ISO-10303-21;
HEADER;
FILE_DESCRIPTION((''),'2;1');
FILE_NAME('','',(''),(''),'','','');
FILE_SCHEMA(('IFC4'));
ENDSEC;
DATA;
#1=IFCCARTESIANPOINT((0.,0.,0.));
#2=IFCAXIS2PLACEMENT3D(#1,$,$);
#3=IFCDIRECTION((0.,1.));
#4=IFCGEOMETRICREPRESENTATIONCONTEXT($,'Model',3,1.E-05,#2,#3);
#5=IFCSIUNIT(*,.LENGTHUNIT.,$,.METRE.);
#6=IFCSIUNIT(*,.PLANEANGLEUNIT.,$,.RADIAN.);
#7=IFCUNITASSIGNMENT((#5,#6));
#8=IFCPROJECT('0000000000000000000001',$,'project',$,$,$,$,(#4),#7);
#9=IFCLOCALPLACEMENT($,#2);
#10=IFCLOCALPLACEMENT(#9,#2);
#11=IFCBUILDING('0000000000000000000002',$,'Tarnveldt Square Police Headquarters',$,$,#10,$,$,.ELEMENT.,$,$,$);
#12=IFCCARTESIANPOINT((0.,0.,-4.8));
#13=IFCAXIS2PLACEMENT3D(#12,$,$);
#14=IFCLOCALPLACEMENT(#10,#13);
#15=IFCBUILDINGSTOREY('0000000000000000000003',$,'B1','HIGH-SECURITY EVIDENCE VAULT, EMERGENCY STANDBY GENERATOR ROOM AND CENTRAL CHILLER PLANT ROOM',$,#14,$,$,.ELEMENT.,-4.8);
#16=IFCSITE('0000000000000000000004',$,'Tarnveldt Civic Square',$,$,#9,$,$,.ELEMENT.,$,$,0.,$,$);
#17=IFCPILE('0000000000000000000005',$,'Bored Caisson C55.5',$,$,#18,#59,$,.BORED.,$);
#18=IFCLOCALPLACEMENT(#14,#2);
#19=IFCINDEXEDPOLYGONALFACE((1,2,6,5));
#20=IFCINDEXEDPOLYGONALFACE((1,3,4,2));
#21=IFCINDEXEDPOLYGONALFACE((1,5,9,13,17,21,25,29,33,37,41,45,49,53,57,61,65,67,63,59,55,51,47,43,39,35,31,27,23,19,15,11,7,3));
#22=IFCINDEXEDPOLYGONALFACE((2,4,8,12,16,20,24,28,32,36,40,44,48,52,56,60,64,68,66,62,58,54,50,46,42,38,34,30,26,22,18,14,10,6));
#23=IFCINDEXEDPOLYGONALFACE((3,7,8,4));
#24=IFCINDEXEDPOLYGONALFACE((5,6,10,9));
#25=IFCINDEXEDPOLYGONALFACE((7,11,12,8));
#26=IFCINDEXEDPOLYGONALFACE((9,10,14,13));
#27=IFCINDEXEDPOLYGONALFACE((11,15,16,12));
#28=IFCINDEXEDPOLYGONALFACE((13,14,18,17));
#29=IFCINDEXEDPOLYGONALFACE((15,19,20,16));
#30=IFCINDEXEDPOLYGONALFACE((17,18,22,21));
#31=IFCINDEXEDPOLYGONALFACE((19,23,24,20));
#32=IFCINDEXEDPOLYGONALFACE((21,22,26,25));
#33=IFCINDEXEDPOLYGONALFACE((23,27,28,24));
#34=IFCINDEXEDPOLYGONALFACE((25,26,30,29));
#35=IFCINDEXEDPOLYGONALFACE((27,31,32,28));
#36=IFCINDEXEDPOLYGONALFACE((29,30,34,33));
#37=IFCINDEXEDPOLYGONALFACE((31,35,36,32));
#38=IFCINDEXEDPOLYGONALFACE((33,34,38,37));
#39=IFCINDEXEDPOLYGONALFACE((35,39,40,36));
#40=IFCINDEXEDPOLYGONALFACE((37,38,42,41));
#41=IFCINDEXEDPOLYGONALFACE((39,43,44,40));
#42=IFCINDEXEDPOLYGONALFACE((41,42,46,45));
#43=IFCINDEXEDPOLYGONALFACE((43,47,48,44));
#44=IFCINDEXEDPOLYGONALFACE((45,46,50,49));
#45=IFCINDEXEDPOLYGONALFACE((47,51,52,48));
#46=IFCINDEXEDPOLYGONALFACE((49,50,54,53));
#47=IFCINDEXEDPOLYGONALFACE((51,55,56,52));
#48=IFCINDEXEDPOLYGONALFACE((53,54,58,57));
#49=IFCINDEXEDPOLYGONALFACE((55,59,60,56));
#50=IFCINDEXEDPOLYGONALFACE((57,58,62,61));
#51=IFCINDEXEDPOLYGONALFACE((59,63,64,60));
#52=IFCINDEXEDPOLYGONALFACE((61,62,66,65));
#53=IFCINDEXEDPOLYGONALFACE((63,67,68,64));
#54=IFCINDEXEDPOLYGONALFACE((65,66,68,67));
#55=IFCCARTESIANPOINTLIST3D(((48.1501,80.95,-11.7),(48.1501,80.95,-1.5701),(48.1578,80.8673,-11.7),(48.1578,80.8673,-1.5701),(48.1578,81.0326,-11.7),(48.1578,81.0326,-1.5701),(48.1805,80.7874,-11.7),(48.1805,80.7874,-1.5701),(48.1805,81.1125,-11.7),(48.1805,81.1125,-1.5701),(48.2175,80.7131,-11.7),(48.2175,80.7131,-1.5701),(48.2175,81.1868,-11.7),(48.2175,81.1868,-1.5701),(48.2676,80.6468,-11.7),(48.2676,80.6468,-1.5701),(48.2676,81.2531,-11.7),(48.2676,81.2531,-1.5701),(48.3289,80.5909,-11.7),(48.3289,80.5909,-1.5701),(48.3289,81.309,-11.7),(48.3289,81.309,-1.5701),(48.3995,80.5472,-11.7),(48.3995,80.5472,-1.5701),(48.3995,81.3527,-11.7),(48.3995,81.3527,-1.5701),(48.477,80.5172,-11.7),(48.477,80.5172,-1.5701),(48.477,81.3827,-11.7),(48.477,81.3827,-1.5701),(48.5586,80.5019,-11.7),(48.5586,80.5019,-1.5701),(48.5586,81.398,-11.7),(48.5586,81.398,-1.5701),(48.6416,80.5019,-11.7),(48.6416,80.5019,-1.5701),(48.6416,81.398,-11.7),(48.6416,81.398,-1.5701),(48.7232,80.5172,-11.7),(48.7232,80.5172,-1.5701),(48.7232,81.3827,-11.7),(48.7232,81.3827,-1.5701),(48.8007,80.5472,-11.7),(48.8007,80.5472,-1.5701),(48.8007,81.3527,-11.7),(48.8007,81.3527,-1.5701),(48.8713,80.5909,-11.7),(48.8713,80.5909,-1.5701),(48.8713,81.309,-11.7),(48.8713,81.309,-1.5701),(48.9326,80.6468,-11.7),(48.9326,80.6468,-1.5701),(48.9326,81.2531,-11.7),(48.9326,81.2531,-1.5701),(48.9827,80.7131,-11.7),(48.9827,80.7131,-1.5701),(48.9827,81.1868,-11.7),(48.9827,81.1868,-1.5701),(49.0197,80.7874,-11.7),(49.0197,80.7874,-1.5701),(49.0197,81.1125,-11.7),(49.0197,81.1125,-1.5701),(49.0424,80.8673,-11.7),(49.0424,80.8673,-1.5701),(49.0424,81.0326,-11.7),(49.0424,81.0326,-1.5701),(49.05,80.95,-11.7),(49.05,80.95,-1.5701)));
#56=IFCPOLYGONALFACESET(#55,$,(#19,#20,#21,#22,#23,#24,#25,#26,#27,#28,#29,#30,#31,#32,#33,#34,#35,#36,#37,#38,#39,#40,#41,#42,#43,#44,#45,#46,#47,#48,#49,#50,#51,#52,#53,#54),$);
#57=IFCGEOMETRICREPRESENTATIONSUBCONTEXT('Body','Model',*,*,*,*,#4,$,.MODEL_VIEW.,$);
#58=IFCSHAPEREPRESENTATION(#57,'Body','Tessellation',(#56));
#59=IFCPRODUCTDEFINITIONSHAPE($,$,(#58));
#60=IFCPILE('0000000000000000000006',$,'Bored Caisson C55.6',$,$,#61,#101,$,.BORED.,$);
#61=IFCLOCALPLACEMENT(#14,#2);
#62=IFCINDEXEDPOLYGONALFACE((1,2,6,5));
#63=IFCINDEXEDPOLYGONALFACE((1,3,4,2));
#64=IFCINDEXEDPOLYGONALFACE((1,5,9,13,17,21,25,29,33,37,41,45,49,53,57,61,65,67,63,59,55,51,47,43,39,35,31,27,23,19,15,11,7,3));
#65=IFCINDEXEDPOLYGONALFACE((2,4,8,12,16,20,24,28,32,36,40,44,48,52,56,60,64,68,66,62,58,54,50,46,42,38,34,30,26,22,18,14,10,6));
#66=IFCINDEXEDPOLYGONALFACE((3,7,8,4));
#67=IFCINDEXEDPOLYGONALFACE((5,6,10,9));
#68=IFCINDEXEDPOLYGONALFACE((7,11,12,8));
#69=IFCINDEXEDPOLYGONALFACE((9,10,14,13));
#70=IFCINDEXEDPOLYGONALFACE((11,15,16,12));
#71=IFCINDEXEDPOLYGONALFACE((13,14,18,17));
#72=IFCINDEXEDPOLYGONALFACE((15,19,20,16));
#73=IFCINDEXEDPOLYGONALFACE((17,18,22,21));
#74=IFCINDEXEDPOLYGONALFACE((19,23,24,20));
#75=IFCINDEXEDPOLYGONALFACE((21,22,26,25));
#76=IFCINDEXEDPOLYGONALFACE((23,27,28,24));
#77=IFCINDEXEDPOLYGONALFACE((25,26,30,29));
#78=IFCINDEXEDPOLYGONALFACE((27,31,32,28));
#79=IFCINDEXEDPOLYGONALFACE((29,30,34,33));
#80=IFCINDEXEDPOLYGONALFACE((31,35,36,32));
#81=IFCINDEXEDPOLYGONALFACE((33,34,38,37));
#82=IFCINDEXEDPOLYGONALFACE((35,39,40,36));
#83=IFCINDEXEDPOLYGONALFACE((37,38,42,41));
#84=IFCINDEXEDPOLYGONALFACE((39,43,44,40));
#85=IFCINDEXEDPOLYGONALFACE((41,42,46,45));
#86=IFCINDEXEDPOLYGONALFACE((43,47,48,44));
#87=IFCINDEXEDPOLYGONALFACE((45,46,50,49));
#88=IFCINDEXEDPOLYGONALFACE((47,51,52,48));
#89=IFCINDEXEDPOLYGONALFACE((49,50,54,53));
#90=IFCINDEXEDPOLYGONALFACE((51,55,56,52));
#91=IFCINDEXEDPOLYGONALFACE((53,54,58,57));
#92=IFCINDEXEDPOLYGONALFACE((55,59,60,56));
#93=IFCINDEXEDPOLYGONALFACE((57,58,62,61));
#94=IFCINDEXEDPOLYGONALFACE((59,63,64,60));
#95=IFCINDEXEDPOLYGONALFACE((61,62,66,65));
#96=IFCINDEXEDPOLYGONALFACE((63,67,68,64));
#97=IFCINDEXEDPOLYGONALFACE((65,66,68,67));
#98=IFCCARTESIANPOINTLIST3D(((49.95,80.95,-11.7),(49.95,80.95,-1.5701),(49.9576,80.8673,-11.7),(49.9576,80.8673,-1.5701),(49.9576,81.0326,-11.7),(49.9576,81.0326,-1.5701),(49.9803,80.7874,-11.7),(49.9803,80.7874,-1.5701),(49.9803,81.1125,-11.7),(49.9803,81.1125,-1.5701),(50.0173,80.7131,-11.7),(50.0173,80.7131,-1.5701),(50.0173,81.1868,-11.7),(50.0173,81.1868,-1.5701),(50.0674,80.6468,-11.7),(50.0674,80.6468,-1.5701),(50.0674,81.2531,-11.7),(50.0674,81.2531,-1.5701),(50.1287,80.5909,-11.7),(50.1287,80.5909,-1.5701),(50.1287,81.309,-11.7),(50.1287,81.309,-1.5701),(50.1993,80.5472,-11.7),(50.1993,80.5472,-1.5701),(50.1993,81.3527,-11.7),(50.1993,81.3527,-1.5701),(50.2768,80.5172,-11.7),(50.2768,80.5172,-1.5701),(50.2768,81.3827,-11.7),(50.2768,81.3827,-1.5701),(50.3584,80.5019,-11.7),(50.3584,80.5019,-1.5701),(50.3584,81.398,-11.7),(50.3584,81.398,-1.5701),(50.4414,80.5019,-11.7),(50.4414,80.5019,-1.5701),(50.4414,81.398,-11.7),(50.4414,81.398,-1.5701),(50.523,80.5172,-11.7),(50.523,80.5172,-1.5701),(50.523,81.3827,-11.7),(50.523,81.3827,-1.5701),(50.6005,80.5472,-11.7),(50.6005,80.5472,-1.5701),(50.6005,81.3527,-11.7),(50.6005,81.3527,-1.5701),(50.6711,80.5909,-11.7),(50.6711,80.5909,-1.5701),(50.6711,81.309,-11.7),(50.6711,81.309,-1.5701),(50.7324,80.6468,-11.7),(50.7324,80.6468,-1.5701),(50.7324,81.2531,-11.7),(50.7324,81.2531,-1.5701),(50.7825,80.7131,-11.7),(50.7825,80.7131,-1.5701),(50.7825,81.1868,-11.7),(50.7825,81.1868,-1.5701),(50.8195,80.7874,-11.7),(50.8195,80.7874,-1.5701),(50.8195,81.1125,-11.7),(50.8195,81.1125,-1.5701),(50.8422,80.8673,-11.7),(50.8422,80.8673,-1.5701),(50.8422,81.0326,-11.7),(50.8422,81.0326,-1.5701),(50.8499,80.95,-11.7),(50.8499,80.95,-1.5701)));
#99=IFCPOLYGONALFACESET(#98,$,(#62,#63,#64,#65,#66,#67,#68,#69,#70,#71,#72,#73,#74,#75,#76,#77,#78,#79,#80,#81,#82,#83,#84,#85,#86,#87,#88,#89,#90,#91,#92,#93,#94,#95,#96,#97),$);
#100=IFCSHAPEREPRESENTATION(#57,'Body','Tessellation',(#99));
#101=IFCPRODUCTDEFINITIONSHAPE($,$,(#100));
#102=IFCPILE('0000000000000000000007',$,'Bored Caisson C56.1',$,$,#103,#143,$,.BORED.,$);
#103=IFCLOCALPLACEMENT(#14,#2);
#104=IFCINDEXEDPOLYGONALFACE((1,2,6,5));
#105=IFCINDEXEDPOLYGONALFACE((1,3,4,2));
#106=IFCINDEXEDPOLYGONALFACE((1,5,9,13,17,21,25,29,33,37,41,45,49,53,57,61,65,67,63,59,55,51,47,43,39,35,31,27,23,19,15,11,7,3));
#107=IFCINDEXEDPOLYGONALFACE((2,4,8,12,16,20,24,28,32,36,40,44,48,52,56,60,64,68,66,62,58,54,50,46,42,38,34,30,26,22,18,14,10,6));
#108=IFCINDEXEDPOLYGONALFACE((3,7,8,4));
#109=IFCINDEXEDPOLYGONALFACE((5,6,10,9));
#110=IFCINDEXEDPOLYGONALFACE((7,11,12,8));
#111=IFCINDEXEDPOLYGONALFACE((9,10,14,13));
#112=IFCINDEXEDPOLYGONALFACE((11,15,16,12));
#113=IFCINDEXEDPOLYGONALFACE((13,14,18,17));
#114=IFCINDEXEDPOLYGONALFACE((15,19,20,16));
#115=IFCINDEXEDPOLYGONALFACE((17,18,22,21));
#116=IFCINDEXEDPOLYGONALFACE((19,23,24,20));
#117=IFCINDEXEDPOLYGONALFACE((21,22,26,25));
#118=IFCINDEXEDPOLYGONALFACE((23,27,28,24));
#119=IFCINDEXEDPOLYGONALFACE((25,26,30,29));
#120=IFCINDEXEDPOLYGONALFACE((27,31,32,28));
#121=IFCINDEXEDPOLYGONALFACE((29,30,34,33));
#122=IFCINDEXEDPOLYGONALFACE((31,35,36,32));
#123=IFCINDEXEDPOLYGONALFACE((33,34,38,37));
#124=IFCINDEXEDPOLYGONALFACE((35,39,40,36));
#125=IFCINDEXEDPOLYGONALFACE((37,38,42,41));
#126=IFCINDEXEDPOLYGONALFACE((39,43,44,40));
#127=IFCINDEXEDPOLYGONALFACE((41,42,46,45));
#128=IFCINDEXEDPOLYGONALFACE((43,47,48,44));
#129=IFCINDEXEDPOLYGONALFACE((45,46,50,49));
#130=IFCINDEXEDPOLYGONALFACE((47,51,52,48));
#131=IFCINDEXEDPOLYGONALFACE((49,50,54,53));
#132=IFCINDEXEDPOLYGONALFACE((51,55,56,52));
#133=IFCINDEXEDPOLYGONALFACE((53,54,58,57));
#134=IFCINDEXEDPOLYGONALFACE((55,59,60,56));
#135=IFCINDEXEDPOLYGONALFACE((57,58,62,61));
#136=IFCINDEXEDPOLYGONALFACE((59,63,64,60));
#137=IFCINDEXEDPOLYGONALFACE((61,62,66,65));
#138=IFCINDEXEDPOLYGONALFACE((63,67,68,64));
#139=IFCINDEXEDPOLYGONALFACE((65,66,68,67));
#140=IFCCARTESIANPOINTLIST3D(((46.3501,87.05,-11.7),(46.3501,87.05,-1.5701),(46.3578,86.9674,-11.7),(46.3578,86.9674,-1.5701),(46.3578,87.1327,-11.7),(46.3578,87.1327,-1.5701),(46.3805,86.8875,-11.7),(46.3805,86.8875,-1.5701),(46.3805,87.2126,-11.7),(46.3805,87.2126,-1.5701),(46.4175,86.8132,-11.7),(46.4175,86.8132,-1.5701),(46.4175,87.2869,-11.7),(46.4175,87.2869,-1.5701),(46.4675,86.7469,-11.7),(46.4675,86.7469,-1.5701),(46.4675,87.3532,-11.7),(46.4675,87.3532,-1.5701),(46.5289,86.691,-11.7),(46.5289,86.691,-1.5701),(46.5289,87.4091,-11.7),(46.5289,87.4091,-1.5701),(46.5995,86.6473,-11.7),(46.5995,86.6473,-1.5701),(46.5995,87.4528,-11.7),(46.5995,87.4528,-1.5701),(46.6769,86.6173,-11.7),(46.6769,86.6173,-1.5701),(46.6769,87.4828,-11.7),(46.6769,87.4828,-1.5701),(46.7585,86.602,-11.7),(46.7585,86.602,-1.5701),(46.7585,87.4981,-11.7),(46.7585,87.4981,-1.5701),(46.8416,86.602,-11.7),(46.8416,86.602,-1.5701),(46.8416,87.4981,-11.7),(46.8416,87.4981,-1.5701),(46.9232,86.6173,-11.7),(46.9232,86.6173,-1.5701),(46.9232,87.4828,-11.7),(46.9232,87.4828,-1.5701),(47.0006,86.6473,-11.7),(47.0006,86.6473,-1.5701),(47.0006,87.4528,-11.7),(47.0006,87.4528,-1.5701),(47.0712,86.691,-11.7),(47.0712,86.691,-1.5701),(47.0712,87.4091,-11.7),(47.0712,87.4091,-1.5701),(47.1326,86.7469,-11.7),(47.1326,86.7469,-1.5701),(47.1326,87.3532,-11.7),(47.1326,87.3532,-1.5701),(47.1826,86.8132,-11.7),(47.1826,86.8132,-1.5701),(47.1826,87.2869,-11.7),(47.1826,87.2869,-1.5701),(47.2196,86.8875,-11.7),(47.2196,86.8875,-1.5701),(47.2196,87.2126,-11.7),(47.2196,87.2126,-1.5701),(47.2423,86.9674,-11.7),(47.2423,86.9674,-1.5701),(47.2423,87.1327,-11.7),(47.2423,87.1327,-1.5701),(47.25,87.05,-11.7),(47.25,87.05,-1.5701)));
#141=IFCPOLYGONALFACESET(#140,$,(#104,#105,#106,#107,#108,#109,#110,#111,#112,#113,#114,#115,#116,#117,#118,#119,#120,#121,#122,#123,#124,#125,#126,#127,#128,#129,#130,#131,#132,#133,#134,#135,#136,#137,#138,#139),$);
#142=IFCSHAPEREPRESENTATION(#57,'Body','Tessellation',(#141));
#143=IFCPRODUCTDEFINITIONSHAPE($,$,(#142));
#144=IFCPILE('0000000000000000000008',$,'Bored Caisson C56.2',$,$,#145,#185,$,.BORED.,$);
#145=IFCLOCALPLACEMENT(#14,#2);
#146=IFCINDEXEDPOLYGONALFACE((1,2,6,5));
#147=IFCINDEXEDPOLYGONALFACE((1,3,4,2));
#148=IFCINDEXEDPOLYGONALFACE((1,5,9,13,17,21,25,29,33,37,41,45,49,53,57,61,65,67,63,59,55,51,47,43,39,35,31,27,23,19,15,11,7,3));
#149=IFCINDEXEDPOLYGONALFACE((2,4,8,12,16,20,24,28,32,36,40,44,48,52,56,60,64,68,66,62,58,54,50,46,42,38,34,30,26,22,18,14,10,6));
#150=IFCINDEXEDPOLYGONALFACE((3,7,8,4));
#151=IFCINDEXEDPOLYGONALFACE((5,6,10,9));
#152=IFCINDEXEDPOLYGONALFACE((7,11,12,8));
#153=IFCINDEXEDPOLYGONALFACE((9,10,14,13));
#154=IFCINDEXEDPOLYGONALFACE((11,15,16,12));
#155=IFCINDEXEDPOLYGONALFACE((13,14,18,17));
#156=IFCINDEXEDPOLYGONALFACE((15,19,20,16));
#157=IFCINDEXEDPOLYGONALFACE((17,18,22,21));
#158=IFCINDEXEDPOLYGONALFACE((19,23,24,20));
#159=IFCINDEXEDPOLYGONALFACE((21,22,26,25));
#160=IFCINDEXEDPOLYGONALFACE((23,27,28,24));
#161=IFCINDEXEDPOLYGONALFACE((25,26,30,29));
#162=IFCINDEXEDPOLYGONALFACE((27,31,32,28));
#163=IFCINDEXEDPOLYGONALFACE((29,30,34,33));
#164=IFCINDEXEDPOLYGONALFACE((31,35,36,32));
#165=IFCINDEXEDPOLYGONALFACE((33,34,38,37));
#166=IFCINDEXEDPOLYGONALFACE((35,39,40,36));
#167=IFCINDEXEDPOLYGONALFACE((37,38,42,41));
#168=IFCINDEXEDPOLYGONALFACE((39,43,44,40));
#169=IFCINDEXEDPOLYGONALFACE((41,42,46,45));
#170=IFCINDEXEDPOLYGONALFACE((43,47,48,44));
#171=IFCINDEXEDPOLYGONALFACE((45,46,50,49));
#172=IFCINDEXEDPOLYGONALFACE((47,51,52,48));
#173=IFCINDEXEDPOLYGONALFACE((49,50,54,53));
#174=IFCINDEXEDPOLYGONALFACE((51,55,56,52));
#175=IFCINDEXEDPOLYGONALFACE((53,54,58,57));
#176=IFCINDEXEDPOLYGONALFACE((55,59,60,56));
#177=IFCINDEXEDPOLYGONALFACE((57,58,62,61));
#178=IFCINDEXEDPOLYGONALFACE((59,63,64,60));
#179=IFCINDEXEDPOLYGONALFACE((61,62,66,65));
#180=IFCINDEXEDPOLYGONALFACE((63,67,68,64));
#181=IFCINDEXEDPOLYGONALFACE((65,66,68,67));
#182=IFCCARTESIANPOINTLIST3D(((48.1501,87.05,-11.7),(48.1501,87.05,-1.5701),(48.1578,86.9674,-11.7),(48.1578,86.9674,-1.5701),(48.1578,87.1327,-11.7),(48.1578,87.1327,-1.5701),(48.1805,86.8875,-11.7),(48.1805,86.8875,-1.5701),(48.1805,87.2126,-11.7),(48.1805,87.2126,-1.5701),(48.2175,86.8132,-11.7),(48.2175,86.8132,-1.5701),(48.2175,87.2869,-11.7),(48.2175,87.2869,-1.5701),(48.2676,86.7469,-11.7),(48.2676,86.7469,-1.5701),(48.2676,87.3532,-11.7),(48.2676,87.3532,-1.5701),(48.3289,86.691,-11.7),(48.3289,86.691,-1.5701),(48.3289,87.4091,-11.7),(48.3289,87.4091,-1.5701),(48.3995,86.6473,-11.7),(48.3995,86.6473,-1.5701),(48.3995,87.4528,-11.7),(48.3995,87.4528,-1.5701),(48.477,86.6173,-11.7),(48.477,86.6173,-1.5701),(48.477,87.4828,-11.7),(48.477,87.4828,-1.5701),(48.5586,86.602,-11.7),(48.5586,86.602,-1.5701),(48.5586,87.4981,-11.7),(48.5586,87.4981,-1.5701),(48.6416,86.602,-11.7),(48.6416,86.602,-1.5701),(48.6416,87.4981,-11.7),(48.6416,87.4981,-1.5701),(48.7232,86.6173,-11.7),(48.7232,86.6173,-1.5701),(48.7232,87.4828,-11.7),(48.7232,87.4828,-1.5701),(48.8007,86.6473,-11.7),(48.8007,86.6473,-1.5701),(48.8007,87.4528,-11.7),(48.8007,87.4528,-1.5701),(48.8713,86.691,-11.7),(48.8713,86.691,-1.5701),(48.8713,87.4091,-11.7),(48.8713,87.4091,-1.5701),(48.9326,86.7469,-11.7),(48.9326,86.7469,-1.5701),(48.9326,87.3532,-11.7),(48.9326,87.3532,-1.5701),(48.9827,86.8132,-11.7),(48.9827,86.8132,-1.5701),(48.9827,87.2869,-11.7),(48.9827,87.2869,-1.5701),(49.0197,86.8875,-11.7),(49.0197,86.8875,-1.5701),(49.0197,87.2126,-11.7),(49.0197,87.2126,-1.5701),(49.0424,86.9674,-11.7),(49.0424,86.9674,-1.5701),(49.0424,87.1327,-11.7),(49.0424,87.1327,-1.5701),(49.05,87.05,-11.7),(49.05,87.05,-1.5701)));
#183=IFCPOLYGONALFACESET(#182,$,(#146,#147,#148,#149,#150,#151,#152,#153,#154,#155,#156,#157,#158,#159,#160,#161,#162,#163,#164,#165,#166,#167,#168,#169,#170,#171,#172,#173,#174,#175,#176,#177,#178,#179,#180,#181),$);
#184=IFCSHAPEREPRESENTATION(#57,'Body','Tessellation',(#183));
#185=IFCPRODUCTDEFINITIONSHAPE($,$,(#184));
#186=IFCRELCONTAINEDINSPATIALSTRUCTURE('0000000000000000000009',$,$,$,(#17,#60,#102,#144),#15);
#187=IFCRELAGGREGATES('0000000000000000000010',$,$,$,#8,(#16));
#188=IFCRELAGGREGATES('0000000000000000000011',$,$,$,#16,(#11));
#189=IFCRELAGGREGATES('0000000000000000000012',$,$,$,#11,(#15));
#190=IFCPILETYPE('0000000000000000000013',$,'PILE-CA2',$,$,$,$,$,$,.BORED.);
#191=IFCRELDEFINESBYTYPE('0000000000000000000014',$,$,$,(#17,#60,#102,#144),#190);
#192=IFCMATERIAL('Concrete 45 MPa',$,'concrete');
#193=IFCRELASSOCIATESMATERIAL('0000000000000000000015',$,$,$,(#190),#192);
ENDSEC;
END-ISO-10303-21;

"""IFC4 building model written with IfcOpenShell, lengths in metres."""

from ifc_helpers import new_model, si_unit, direction, frame, origin, origin_2d, place, context, subcontext, project, spatial, circle, extrude, material, material_profile, profile_set, type_object, element, save


model = new_model("IFC4")

# Units and contexts
model_context = context("Model", 3, precision=1e-05, world=origin(), true_north=direction((0.0, 1.0)))
body_context = subcontext(model_context, "Body", "Model", "MODEL_VIEW")
ifc_project = project(units=[si_unit("LENGTHUNIT", "METRE"), si_unit("PLANEANGLEUNIT", "RADIAN")], contexts=[model_context])

# Site, building, storey
site_placement = place(None, origin())
site = spatial("IfcSite", under=ifc_project, at=site_placement, Name="Tarnveldt Civic Square", CompositionType="ELEMENT", RefElevation=0.0)
building_placement = place(site_placement, origin())
building = spatial("IfcBuilding", under=site, at=building_placement, Name="Tarnveldt Square Police Headquarters", CompositionType="ELEMENT")
storey_placement = place(building_placement, frame((0.0, 0.0, -4.8)))
storey = spatial("IfcBuildingStorey", under=building, at=storey_placement, Name="B1", Description="HIGH-SECURITY EVIDENCE VAULT, EMERGENCY STANDBY GENERATOR ROOM AND CENTRAL CHILLER PLANT ROOM", CompositionType="ELEMENT", Elevation=-4.8)

# Shared definitions
ifc_material_1 = material(Name="Concrete 45 MPa", Category="concrete")

# Piles
ifc_material_profile_1 = material_profile(ifc_material_1, circle(Radius=0.45, at=origin_2d()), Name="CAISSON-D900")
ifc_profile_set_1 = profile_set([ifc_material_profile_1], Name="Concrete 45 MPa")
pile_type = type_object("IfcPileType", Name="PILE-CA2", PredefinedType="BORED", material=ifc_profile_set_1)
for number, where, z_axis, x_axis, name in (
    (1, (48.6001, 80.95, -1.5701), (0.0, 0.0, -1.0), (1.0, 0.0, 0.0), "Bored Caisson C55.5"),
    (2, (50.3999, 80.95, -1.5701), (0.0, 0.0, -1.0), (1.0, 0.0, 0.0), "Bored Caisson C55.6"),
    (3, (46.8, 87.05, -1.5701), (0.0, 0.0, -1.0), (1.0, 0.0, 0.0), "Bored Caisson C56.1"),
    (4, (48.6001, 87.05, -1.5701), (0.0, 0.0, -1.0), (1.0, 0.0, 0.0), "Bored Caisson C56.2"),
):
    element("IfcPile", number, at=place(storey_placement, frame(where, z_axis=z_axis, x_axis=x_axis)), inside=storey, type_object=pile_type, Name=name, PredefinedType="BORED", context=body_context, shape_type="SweptSolid", body=[
        extrude(circle(Radius=0.45, at=origin_2d()), origin(), (0.0, 0.0, 1.0), 10.1299),
    ])

save(model, "model.ifc")
